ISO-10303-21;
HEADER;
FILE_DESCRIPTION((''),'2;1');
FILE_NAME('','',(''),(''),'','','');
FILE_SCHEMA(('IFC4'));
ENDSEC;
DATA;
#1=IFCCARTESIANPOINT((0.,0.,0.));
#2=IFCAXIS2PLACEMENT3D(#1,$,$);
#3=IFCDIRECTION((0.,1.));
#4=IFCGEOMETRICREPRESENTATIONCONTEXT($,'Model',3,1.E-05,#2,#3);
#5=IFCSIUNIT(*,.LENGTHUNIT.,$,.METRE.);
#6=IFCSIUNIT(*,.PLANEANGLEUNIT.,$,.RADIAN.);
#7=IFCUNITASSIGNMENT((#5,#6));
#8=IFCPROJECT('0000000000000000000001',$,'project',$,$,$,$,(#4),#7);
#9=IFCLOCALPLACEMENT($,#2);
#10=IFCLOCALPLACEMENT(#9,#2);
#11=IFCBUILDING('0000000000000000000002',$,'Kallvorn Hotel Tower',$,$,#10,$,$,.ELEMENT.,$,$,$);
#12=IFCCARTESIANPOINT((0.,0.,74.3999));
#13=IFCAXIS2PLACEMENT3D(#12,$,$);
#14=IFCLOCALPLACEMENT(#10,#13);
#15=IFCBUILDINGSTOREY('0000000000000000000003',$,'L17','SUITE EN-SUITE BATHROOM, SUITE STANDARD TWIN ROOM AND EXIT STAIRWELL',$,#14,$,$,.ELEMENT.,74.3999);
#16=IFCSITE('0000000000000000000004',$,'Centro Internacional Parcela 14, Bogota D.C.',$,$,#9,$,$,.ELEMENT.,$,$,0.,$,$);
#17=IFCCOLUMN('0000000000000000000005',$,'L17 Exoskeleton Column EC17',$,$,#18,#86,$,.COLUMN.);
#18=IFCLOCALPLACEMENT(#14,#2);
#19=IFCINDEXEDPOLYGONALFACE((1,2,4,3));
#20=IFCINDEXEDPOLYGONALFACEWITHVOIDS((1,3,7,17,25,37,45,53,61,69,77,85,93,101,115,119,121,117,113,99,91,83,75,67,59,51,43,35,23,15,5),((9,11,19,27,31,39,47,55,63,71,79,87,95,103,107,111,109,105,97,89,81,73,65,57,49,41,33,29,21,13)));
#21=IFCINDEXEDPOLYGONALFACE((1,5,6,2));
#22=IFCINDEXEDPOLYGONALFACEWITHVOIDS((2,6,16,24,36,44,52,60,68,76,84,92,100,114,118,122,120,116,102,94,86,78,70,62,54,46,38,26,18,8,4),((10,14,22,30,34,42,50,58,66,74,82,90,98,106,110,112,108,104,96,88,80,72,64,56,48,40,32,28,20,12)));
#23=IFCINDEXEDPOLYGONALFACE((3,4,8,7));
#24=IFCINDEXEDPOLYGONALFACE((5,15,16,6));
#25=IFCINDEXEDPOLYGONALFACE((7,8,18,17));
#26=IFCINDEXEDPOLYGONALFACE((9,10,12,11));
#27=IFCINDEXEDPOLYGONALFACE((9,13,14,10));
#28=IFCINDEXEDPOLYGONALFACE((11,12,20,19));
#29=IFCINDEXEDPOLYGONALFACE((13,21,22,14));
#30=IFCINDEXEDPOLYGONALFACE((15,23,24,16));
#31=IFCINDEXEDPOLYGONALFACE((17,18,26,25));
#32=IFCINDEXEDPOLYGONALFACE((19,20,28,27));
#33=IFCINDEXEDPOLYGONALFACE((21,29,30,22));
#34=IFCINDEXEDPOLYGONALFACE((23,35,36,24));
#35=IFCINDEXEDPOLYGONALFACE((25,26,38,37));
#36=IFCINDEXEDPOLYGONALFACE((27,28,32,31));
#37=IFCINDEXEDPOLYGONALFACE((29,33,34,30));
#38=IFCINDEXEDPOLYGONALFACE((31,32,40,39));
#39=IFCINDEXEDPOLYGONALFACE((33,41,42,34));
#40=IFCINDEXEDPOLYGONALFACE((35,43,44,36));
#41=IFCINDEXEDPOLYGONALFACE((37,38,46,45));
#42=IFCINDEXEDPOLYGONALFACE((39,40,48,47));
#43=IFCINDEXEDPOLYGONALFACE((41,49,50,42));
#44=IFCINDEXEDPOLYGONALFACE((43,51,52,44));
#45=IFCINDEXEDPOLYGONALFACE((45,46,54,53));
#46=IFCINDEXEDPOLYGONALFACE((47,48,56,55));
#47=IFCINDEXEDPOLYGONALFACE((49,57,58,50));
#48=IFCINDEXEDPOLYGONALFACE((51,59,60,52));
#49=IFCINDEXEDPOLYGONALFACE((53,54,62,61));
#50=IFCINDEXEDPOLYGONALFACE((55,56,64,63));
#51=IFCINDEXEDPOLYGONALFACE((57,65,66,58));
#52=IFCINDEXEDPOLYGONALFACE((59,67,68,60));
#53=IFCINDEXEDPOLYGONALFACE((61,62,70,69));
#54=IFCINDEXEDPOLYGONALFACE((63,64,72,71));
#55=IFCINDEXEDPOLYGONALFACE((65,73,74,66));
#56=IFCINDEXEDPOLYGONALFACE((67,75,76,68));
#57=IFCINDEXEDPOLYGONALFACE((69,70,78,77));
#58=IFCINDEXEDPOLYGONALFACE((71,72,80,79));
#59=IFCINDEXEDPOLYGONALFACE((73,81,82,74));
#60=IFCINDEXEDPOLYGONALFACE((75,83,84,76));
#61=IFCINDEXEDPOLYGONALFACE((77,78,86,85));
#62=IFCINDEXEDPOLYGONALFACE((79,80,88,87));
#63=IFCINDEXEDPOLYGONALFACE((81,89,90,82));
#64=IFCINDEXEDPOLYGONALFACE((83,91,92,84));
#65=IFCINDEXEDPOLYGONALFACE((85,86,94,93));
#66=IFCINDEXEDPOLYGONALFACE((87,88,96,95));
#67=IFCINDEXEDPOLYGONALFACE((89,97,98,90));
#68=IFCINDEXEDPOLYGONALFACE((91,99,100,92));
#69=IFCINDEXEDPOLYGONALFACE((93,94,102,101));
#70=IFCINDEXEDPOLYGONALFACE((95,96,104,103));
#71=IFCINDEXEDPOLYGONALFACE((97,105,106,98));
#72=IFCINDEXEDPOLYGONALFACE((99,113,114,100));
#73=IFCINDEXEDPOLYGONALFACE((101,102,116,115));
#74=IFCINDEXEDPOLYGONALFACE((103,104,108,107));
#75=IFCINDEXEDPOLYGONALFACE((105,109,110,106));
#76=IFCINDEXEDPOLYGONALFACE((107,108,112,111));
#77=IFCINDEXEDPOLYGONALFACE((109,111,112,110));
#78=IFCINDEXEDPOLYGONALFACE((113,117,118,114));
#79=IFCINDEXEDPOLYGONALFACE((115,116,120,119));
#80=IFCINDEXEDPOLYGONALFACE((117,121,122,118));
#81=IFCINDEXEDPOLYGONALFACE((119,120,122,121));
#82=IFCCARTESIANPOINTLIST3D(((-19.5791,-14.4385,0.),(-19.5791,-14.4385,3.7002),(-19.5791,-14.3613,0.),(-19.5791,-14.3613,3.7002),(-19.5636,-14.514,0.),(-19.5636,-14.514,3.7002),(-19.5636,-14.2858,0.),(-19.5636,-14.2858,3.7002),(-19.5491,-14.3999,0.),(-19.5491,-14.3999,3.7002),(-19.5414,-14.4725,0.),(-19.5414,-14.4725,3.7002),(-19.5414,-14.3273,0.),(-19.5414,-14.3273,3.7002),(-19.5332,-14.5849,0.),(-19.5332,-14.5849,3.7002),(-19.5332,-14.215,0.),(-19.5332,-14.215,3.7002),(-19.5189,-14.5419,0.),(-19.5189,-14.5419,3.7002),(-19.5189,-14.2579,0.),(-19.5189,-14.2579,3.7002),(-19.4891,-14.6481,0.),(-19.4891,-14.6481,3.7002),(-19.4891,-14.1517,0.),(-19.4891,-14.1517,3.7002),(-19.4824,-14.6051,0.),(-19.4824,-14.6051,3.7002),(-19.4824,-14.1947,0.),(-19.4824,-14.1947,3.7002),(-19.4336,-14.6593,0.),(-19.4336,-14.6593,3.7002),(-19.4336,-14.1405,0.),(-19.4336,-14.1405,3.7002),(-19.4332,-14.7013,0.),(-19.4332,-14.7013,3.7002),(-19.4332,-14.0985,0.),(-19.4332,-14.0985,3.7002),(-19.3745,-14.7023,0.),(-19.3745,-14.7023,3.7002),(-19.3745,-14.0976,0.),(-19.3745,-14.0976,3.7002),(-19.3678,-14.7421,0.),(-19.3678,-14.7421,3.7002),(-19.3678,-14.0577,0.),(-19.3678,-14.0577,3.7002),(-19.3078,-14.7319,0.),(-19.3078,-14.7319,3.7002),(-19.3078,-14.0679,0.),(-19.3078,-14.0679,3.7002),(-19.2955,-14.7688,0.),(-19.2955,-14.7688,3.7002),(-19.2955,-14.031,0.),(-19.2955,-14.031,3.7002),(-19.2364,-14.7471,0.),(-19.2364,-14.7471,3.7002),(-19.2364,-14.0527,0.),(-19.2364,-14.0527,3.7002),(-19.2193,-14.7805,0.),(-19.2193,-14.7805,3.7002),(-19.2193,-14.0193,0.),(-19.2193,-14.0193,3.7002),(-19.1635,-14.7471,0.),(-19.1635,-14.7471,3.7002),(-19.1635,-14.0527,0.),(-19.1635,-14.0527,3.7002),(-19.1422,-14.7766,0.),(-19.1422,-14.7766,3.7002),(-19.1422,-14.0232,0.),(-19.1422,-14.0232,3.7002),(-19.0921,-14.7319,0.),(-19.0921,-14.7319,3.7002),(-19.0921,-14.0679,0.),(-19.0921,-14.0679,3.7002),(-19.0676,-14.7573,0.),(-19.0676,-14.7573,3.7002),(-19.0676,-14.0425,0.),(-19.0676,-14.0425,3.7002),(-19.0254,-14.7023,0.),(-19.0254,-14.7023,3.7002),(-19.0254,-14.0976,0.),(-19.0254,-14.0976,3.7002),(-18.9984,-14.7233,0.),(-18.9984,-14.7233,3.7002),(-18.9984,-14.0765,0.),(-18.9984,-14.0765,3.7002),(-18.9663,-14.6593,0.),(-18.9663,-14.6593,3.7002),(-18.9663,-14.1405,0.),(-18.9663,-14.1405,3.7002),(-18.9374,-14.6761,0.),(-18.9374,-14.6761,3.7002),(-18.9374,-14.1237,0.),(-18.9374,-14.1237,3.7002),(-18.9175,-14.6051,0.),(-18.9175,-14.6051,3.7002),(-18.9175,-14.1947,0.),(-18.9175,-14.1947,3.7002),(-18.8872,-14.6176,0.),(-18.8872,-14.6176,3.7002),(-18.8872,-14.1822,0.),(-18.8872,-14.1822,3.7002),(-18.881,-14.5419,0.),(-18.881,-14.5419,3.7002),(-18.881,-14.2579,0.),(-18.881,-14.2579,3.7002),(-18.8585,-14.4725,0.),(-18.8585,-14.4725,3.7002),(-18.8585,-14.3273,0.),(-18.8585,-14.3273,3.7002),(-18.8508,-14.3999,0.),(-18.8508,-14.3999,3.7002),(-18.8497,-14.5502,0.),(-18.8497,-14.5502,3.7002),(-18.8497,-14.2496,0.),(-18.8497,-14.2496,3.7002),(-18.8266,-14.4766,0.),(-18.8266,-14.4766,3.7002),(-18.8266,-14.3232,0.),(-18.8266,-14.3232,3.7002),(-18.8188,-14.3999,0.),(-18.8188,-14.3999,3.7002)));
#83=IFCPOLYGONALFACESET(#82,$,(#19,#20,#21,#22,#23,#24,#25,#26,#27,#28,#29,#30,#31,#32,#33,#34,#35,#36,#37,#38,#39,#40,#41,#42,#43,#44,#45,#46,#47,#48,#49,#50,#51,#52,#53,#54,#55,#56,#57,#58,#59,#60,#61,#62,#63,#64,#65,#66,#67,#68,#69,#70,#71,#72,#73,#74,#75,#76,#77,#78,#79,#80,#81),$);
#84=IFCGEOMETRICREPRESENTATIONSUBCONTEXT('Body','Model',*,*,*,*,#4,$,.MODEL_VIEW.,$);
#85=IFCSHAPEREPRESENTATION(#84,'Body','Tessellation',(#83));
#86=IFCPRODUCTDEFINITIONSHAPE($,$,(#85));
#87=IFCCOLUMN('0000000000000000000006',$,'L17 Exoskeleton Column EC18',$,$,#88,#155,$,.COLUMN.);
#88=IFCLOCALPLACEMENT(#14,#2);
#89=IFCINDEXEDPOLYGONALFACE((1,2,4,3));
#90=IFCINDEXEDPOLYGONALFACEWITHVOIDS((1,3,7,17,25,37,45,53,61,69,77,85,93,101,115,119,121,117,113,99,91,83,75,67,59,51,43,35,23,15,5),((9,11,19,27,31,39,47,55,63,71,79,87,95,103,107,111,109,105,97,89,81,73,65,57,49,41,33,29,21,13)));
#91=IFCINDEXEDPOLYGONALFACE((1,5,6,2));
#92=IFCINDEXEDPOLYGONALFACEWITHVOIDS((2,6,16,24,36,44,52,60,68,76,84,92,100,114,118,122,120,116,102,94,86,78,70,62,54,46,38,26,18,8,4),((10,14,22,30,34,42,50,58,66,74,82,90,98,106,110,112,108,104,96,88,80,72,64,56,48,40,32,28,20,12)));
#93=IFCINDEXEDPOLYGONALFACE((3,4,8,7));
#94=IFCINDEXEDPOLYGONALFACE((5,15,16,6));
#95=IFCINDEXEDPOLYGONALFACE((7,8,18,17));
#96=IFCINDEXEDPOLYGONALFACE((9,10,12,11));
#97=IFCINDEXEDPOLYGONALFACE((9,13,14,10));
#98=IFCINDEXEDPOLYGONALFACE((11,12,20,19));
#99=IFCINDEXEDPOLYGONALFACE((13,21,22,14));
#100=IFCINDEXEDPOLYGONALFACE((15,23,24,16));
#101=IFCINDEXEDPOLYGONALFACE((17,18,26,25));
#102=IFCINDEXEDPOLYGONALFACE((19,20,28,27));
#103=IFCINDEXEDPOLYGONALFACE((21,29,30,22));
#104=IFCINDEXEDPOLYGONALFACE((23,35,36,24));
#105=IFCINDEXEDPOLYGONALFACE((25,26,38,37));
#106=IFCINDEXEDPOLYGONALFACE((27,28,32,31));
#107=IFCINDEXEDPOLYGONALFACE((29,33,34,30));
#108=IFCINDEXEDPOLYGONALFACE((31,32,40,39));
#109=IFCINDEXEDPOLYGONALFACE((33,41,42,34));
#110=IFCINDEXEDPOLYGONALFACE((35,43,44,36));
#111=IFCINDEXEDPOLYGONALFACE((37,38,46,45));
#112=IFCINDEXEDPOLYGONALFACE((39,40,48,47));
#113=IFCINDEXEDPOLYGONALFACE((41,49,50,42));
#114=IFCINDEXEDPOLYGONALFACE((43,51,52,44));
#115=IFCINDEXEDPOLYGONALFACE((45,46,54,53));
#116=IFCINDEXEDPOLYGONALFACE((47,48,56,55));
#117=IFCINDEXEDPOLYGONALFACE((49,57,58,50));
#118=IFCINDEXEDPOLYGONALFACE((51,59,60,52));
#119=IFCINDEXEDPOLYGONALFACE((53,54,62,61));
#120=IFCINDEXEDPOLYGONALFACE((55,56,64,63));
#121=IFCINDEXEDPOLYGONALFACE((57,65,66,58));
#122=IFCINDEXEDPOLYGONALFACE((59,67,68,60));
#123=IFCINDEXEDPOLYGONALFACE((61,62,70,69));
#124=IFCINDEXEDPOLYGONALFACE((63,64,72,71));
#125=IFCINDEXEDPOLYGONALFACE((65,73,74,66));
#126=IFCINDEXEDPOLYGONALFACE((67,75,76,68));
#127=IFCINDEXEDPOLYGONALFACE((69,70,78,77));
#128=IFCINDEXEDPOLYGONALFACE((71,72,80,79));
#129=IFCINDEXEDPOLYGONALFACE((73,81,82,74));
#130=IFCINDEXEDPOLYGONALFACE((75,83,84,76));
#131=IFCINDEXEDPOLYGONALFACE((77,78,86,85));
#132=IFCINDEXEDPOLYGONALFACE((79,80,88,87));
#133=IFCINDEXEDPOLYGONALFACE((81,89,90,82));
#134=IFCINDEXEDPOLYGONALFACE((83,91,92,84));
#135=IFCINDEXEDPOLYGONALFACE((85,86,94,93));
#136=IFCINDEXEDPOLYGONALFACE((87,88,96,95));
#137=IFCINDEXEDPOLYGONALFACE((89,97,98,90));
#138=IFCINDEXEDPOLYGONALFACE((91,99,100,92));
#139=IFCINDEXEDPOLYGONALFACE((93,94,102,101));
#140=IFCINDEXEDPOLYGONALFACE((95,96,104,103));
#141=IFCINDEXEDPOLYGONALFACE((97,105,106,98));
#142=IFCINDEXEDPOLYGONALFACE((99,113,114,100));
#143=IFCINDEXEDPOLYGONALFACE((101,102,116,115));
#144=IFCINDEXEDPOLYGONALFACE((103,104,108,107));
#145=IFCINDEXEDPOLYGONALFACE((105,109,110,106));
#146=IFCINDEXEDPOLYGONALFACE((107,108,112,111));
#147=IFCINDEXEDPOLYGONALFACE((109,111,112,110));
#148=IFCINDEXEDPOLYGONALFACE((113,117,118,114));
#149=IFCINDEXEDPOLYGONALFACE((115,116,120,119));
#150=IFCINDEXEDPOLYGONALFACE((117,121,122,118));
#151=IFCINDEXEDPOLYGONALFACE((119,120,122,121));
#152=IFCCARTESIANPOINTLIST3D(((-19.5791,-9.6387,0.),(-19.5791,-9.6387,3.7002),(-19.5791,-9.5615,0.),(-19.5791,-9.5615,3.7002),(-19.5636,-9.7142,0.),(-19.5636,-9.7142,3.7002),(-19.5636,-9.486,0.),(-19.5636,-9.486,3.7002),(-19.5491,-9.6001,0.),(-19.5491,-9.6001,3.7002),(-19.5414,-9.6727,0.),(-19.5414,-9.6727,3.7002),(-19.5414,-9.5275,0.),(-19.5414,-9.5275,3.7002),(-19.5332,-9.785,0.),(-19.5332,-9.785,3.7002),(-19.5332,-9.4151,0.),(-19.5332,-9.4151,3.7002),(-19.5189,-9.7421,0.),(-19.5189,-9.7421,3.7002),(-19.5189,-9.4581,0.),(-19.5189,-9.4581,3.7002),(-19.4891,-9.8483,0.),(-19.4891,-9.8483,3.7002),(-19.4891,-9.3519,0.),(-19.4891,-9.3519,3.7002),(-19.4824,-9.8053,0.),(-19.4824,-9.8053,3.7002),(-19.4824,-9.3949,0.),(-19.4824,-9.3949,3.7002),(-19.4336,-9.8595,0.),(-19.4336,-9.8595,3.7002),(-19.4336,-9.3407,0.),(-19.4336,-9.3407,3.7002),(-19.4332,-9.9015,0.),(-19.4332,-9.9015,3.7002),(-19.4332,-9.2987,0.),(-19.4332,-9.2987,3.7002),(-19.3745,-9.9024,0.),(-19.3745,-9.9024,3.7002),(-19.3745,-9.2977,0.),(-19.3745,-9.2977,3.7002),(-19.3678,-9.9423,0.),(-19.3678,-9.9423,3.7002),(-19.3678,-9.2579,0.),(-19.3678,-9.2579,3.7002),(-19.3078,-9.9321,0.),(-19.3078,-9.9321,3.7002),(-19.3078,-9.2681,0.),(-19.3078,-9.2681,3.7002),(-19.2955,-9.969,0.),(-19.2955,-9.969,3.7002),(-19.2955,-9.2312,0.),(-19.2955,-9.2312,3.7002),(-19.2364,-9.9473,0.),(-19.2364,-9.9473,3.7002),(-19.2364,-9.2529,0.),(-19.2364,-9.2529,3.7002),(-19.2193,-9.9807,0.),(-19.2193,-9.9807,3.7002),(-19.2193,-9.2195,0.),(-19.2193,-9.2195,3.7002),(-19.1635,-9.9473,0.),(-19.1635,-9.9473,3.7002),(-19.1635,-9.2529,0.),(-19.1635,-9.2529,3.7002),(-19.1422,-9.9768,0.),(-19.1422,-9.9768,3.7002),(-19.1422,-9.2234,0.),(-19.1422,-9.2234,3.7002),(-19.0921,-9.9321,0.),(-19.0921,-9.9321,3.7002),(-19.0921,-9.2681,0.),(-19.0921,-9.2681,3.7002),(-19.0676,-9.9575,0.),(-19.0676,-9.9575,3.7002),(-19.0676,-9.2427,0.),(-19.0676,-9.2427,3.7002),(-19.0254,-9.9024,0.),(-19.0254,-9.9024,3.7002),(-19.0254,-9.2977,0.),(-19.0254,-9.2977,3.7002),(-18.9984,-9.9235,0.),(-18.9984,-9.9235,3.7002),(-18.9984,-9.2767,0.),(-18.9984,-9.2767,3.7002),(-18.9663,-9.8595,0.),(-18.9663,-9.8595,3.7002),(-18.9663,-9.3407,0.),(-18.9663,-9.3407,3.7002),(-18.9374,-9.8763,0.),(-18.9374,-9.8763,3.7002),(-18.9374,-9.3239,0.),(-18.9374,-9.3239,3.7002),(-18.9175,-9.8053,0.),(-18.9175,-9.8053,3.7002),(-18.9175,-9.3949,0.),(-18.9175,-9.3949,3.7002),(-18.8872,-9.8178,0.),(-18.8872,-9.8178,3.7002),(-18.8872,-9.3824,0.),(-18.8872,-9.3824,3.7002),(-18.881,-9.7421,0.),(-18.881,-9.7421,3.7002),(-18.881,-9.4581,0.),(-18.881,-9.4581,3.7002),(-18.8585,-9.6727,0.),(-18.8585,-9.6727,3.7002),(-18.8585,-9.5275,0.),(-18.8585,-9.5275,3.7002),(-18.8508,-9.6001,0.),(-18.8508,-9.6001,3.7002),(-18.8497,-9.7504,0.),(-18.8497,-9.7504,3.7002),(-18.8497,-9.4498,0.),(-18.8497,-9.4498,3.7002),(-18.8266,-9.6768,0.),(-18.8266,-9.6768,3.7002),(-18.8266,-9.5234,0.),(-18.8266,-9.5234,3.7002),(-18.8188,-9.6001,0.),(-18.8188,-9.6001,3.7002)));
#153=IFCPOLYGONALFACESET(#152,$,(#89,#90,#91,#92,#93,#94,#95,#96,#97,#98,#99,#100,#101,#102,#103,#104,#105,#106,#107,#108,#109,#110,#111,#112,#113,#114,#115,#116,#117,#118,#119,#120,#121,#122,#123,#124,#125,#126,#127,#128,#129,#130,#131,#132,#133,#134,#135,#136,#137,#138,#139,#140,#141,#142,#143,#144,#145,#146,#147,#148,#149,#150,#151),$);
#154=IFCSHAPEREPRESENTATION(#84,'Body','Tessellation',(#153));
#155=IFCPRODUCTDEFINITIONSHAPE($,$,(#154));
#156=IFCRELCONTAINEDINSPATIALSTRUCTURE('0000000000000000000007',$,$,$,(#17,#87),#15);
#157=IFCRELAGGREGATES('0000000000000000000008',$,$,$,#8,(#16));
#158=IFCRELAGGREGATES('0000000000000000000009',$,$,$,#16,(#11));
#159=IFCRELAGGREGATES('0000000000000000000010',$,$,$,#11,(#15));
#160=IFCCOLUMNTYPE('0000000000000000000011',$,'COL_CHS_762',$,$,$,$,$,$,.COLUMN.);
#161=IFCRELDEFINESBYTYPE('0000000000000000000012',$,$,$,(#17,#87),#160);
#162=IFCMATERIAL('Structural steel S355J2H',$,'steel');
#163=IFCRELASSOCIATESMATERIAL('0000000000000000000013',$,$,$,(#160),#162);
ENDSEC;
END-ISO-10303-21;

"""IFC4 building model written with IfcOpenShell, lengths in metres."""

from ifc_helpers import new_model, si_unit, direction, frame, origin, origin_2d, place, context, subcontext, project, spatial, hollow_circle, extrude, material, material_profile, profile_set, type_object, element, save


model = new_model("IFC4")

# Units and contexts
model_context = context("Model", 3, precision=1e-05, world=origin(), true_north=direction((0.0, 1.0)))
body_context = subcontext(model_context, "Body", "Model", "MODEL_VIEW")
ifc_project = project(units=[si_unit("LENGTHUNIT", "METRE"), si_unit("PLANEANGLEUNIT", "RADIAN")], contexts=[model_context])

# Site, building, storey
site_placement = place(None, origin())
site = spatial("IfcSite", under=ifc_project, at=site_placement, Name="Centro Internacional Parcela 14, Bogota D.C.", CompositionType="ELEMENT", RefElevation=0.0)
building_placement = place(site_placement, origin())
building = spatial("IfcBuilding", under=site, at=building_placement, Name="Kallvorn Hotel Tower", CompositionType="ELEMENT")
storey_placement = place(building_placement, frame((0.0, 0.0, 74.3999)))
storey = spatial("IfcBuildingStorey", under=building, at=storey_placement, Name="L17", Description="SUITE EN-SUITE BATHROOM, SUITE STANDARD TWIN ROOM AND EXIT STAIRWELL", CompositionType="ELEMENT", Elevation=74.3999)

# Columns
ifc_material_1 = material(Name="Structural steel S355J2H", Category="steel")
ifc_material_profile_1 = material_profile(ifc_material_1, hollow_circle(Radius=0.3811, WallThickness=0.032, at=origin_2d()), Name="CHS 762x32")
ifc_profile_set_1 = profile_set([ifc_material_profile_1], Name="Structural steel S355J2H")
column_type_1 = type_object("IfcColumnType", Name="COL_CHS_762", PredefinedType="COLUMN", material=ifc_profile_set_1)
for number, where, z_axis, x_axis, name in (
    (1, (-19.2, -14.3999, 0.0), (0.0, 0.0, 1.0), (1.0, 0.0, 0.0), "L17 Exoskeleton Column EC17"),
    (2, (-19.2, -9.6001, 0.0), (0.0, 0.0, 1.0), (1.0, 0.0, 0.0), "L17 Exoskeleton Column EC18"),
):
    element("IfcColumn", number, at=place(storey_placement, frame(where, z_axis=z_axis, x_axis=x_axis)), inside=storey, type_object=column_type_1, Name=name, PredefinedType="COLUMN", context=body_context, shape_type="SweptSolid", body=[
        extrude(hollow_circle(Radius=0.3811, WallThickness=0.032, at=origin_2d()), origin(), (0.0, 0.0, 1.0), 3.7002),
    ])

save(model, "model.ifc")
